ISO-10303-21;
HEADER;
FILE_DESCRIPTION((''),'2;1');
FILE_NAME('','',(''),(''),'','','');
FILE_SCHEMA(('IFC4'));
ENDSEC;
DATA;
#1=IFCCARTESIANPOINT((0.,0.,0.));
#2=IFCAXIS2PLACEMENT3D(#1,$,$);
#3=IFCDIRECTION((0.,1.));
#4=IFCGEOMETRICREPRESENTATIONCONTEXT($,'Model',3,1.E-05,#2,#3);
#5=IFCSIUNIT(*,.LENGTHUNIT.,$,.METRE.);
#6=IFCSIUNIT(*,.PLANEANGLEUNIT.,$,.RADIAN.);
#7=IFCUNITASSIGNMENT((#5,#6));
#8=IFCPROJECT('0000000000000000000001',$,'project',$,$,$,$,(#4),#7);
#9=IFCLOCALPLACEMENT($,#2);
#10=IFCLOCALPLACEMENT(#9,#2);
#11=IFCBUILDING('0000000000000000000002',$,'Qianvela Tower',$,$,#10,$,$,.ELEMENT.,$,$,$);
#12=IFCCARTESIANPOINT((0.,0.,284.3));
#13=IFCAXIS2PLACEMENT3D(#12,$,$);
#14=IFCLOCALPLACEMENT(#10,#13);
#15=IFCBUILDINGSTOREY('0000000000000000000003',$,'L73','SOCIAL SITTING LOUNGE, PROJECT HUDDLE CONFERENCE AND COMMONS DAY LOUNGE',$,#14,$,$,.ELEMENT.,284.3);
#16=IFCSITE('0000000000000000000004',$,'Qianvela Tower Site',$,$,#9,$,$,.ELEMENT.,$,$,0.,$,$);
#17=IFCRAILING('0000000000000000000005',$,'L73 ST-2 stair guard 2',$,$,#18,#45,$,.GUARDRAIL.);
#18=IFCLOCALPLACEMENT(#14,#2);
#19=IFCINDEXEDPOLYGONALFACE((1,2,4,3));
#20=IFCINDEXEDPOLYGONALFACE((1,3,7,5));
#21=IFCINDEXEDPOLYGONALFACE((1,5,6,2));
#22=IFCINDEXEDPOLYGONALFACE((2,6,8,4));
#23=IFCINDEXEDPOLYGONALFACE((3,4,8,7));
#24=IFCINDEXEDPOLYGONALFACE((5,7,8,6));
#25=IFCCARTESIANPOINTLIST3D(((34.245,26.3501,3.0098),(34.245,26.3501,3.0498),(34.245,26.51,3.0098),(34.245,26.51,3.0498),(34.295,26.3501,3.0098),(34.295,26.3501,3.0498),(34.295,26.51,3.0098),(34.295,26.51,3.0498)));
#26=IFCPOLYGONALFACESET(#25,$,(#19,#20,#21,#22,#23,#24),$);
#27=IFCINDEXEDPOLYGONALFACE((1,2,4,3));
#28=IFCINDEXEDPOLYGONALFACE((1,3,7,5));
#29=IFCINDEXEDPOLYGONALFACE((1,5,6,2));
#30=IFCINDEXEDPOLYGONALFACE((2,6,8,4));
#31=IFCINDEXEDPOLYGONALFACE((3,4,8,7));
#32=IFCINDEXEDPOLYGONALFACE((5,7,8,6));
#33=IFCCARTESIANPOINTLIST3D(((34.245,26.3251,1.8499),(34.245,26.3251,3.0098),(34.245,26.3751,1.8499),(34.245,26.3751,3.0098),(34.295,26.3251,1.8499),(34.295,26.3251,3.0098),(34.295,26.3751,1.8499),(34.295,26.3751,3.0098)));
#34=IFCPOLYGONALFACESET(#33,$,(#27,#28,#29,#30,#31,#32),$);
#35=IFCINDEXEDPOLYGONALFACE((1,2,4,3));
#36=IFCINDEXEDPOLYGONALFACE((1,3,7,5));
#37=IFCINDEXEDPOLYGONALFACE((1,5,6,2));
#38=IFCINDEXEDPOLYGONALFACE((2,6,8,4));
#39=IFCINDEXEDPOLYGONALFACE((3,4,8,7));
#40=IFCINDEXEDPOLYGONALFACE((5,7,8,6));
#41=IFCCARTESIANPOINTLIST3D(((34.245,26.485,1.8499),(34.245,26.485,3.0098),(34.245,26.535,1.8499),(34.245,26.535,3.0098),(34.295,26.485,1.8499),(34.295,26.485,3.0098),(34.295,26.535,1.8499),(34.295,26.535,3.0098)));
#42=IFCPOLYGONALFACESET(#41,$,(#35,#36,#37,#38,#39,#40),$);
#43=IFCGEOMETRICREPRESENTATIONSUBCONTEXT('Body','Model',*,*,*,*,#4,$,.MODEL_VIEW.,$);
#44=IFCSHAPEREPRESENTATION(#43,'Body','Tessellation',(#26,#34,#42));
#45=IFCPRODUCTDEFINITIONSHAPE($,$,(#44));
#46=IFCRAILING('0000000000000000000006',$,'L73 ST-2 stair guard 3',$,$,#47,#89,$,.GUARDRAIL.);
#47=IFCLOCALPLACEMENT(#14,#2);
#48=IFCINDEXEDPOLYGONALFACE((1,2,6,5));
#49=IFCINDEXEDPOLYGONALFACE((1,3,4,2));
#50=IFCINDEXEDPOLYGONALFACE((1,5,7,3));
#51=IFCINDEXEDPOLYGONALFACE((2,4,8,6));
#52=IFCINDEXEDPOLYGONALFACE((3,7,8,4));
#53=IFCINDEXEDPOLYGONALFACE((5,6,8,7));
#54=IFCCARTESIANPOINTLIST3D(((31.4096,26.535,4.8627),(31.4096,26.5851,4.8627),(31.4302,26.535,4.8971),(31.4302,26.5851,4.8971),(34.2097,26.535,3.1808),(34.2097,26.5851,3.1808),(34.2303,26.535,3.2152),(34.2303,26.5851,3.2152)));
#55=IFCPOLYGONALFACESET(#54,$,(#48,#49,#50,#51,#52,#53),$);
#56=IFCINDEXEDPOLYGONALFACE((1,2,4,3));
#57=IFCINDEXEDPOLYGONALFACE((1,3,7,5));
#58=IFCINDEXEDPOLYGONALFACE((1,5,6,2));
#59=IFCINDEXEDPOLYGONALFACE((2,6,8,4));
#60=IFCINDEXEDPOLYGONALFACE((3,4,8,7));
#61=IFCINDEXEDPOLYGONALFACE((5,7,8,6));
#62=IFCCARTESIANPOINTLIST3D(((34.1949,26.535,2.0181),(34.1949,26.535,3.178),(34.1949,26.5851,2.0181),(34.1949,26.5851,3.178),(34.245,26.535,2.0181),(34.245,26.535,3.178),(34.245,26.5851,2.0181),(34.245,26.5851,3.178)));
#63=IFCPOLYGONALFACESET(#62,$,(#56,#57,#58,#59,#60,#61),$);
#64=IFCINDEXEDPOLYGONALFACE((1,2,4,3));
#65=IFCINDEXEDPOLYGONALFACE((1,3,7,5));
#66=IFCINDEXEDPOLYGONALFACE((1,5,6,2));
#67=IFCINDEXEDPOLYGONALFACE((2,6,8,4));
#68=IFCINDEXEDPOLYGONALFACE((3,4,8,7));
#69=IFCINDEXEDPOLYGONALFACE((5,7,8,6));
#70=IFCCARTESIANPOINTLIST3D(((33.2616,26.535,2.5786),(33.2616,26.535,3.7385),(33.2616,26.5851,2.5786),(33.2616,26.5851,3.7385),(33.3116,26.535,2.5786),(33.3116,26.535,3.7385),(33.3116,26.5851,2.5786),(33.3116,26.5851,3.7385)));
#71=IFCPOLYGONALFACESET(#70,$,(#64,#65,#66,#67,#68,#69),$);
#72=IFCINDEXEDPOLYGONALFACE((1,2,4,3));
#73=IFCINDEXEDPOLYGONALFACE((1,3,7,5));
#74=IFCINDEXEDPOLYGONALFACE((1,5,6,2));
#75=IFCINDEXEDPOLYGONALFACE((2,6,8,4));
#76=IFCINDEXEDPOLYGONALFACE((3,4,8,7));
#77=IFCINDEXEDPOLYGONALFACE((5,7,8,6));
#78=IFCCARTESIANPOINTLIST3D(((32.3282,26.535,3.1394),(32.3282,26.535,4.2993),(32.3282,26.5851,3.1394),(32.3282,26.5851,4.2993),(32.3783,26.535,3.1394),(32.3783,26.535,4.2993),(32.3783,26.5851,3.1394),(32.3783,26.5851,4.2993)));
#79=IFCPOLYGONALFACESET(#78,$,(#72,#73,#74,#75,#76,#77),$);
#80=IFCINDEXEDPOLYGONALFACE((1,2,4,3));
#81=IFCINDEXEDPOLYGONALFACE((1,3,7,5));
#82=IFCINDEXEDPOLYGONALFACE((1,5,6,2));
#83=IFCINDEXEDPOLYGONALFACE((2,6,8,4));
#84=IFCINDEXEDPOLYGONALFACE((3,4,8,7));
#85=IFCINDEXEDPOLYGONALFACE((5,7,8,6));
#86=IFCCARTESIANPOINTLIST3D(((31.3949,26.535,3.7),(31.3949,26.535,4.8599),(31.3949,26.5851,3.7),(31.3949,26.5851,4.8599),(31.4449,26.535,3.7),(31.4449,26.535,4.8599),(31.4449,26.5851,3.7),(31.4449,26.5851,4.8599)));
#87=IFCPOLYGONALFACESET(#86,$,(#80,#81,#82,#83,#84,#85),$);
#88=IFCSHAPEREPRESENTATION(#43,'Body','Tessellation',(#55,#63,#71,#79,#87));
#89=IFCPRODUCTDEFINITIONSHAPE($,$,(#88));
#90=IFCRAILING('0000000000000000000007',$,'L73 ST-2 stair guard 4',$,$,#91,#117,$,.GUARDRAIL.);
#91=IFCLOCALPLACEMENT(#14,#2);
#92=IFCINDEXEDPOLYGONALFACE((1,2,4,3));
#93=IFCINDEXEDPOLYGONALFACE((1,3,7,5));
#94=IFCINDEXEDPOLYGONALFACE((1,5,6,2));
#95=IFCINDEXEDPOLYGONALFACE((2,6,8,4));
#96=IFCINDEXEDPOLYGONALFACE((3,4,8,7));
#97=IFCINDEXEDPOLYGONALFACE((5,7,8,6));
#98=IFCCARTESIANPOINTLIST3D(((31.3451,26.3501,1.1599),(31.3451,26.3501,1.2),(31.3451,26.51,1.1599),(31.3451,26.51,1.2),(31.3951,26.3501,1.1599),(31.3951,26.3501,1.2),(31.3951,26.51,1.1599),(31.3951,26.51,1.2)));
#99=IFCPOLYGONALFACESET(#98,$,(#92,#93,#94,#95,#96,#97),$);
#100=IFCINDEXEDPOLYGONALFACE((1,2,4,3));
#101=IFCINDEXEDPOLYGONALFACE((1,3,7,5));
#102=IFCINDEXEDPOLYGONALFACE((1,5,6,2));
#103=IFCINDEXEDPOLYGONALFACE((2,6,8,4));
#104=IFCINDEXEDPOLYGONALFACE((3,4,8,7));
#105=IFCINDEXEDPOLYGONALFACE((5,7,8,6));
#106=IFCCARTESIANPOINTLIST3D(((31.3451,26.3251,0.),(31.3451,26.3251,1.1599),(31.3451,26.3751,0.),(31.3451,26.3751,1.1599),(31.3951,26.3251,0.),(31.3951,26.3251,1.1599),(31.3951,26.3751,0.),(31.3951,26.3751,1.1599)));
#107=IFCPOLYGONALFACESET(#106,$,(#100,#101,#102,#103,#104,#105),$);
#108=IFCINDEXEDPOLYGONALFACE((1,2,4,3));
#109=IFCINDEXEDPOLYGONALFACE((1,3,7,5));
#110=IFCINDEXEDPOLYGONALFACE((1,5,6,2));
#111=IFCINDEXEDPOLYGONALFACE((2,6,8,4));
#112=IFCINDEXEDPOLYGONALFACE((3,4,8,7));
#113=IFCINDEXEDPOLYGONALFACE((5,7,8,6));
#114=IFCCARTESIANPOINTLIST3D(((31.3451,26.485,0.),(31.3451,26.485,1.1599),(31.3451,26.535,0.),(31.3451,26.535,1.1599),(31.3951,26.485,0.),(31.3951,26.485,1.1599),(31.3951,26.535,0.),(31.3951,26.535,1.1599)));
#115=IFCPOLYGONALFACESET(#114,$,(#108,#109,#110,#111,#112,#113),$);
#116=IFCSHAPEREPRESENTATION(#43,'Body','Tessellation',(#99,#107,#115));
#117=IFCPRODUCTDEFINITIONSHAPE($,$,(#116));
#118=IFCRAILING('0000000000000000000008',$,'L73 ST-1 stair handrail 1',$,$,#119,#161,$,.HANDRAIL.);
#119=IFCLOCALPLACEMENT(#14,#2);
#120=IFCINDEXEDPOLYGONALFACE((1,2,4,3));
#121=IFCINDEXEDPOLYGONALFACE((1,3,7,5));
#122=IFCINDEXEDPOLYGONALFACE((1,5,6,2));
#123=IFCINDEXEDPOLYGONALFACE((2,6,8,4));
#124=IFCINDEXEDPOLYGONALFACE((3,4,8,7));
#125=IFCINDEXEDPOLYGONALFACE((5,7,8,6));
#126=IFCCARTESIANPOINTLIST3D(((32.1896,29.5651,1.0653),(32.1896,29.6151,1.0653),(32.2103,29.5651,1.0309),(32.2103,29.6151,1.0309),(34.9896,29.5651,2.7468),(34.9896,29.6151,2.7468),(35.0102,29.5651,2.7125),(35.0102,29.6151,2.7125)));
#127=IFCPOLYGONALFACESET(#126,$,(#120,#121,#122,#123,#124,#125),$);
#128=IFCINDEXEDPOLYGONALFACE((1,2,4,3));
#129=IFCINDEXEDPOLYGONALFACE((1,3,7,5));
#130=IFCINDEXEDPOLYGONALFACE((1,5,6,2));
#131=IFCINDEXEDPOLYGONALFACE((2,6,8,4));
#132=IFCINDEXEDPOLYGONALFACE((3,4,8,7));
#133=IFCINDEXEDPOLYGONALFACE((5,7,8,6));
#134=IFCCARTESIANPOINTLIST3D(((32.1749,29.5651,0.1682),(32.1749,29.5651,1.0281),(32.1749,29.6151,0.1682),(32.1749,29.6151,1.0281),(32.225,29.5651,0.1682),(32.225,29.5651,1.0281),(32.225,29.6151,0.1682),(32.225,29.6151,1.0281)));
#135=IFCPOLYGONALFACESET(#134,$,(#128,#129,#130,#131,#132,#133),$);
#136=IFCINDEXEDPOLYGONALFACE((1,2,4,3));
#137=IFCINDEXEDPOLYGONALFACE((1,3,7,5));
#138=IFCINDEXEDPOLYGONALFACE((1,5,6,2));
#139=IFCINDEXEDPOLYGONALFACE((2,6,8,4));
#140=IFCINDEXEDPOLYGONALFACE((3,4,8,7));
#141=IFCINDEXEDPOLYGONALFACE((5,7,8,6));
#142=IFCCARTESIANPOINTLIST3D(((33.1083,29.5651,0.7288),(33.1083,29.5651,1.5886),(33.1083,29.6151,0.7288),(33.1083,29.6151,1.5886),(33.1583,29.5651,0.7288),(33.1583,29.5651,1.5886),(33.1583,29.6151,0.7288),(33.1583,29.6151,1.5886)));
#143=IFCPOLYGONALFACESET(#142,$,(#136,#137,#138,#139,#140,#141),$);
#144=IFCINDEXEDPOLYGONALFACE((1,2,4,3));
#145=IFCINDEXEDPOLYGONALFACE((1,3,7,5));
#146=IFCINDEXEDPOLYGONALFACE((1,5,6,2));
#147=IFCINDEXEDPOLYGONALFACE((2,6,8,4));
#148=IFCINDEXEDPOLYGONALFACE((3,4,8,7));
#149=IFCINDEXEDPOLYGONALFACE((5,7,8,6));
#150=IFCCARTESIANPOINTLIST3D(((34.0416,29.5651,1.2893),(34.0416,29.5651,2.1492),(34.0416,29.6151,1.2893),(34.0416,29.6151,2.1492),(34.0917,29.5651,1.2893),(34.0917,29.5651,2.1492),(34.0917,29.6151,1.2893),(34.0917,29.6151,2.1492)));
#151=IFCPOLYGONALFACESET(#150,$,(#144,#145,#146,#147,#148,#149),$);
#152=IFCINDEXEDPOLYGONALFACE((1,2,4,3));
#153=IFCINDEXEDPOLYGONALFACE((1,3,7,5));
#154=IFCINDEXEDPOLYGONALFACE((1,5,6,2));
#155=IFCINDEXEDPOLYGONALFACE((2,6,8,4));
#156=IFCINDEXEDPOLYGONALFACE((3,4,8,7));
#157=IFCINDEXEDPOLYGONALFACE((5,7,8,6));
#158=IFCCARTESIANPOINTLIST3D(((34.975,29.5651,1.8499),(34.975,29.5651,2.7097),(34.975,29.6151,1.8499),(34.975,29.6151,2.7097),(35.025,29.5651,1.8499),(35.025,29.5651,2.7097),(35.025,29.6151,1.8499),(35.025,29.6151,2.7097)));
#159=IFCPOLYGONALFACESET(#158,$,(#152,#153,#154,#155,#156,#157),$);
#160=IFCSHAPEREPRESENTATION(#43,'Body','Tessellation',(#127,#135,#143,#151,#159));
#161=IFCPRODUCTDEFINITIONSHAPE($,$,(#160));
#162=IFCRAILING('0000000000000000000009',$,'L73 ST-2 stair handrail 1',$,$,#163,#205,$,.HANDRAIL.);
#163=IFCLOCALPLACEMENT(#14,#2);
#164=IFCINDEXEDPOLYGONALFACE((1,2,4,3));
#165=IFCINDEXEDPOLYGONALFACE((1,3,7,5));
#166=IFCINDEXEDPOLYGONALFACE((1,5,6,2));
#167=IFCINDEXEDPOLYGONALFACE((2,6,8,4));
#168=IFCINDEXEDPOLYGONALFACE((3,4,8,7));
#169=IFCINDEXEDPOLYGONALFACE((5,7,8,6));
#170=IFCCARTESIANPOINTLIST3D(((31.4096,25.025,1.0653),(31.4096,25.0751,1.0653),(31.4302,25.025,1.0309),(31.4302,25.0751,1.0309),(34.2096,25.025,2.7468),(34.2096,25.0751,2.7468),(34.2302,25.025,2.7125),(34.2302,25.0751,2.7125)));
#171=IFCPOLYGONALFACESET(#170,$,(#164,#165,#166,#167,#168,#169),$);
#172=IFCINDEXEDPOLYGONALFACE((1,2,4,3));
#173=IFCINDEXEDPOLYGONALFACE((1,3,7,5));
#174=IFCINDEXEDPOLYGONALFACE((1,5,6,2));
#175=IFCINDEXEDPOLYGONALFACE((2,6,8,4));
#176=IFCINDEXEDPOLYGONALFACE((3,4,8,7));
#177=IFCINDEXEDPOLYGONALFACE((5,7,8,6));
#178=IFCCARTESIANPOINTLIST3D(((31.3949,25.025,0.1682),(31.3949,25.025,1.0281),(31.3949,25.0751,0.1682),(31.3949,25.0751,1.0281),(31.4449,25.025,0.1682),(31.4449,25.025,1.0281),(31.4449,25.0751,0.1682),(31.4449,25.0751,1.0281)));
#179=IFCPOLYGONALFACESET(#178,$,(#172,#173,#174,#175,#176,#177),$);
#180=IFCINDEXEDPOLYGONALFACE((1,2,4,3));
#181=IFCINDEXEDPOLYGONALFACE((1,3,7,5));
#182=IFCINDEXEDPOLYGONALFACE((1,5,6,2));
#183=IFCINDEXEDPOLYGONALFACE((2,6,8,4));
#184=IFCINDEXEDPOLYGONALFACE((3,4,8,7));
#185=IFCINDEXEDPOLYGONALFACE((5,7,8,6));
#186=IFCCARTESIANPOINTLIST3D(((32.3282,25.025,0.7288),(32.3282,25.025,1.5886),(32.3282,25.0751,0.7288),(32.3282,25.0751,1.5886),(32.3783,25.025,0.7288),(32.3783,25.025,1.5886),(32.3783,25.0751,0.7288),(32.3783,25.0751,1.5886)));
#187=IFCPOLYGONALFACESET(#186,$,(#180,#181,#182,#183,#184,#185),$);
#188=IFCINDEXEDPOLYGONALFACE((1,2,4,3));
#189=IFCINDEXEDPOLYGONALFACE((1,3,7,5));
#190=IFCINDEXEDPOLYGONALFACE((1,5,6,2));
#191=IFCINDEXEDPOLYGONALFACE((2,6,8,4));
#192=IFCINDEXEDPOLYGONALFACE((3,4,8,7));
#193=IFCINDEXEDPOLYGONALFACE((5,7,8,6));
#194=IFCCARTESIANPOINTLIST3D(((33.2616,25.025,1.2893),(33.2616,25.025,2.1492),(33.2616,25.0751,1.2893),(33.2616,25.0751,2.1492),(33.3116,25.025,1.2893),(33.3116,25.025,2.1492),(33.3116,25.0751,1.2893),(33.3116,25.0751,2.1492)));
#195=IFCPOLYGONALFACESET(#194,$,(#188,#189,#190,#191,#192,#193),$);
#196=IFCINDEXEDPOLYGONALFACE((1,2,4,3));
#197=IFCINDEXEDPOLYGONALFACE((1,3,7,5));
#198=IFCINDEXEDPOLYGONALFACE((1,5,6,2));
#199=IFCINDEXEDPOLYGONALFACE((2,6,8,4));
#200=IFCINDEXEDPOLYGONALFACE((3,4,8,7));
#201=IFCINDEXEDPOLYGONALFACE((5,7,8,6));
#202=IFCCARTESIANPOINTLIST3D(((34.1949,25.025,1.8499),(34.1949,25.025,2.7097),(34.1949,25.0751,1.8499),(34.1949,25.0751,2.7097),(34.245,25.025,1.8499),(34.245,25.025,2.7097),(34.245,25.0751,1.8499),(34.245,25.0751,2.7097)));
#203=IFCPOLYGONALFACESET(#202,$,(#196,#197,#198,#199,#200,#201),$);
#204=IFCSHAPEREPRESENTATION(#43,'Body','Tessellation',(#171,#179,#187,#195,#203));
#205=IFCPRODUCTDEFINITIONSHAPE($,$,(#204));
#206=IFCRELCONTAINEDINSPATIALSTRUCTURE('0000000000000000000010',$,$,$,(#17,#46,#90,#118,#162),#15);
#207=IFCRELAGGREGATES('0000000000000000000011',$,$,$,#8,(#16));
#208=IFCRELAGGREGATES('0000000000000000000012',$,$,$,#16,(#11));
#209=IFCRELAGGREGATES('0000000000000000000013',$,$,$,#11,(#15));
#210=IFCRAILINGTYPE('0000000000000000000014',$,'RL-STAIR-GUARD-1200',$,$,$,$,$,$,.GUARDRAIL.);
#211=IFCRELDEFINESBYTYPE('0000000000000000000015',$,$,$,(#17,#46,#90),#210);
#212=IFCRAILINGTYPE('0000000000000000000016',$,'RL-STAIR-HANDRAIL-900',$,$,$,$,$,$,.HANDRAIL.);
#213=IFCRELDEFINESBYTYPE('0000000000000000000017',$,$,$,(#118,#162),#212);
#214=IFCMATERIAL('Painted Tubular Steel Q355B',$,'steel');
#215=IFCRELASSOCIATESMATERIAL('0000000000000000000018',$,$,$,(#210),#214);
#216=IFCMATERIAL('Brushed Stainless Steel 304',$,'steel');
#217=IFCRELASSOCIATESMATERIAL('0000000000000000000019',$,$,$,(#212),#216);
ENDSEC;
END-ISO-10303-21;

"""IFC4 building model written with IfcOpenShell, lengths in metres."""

from ifc_helpers import new_model, si_unit, direction, frame, origin, origin_2d, place, context, subcontext, project, spatial, rectangle, extrude, material, type_object, element, save


model = new_model("IFC4")

# Units and contexts
model_context = context("Model", 3, precision=1e-05, world=origin(), true_north=direction((0.0, 1.0)))
body_context = subcontext(model_context, "Body", "Model", "MODEL_VIEW")
ifc_project = project(units=[si_unit("LENGTHUNIT", "METRE"), si_unit("PLANEANGLEUNIT", "RADIAN")], contexts=[model_context])

# Site, building, storey
site_placement = place(None, origin())
site = spatial("IfcSite", under=ifc_project, at=site_placement, Name="Qianvela Tower Site", CompositionType="ELEMENT", RefElevation=0.0)
building_placement = place(site_placement, origin())
building = spatial("IfcBuilding", under=site, at=building_placement, Name="Qianvela Tower", CompositionType="ELEMENT")
storey_placement = place(building_placement, frame((0.0, 0.0, 284.3)))
storey = spatial("IfcBuildingStorey", under=building, at=storey_placement, Name="L73", Description="SOCIAL SITTING LOUNGE, PROJECT HUDDLE CONFERENCE AND COMMONS DAY LOUNGE", CompositionType="ELEMENT", Elevation=284.3)

# Railings
ifc_material_1 = material(Name="Painted Tubular Steel Q355B", Category="steel")
railing_type_1 = type_object("IfcRailingType", Name="RL-STAIR-GUARD-1200", PredefinedType="GUARDRAIL", material=ifc_material_1)
railing_1_placement = place(storey_placement, frame((34.27, 26.3501, 1.8499)))
element("IfcRailing", 1, at=railing_1_placement, inside=storey, type_object=railing_type_1, Name="L73 ST-2 stair guard 2", PredefinedType="GUARDRAIL", context=body_context, shape_type="SweptSolid", body=[
    extrude(rectangle(XDim=0.05, YDim=0.04, at=origin_2d()), frame((0.0, 0.0, 1.1799), z_axis=(0.0, 1.0, 0.0), x_axis=(-1.0, 0.0, 0.0)), (0.0, 0.0, 1.0), 0.1599),
    extrude(rectangle(XDim=0.05, YDim=0.05, at=origin_2d()), origin(), (0.0, 0.0, 1.0), 1.1599),
    extrude(rectangle(XDim=0.05, YDim=0.05, at=origin_2d()), frame((0.0, 0.1599, 0.0)), (0.0, 0.0, 1.0), 1.1599),
])
railing_2_placement = place(storey_placement, frame((34.22, 26.5601, 2.0181)))
element("IfcRailing", 2, at=railing_2_placement, inside=storey, type_object=railing_type_1, Name="L73 ST-2 stair guard 3", PredefinedType="GUARDRAIL", context=body_context, shape_type="SweptSolid", body=[
    extrude(rectangle(XDim=0.05, YDim=0.04, at=origin_2d()), frame((0.0, 0.0, 1.1799), z_axis=(-0.857242, 0.0, 0.514913), x_axis=(0.0, -1.0, 0.0)), (0.0, 0.0, 1.0), 3.2664),
    extrude(rectangle(XDim=0.05, YDim=0.05, at=origin_2d()), origin(), (0.0, 0.0, 1.0), 1.1599),
    extrude(rectangle(XDim=0.05, YDim=0.05, at=origin_2d()), frame((-0.9333, 0.0, 0.5605)), (0.0, 0.0, 1.0), 1.1599),
    extrude(rectangle(XDim=0.05, YDim=0.05, at=origin_2d()), frame((-1.8667, 0.0, 1.1213)), (0.0, 0.0, 1.0), 1.1599),
    extrude(rectangle(XDim=0.05, YDim=0.05, at=origin_2d()), frame((-2.8, 0.0, 1.6819)), (0.0, 0.0, 1.0), 1.1599),
])
railing_3_placement = place(storey_placement, frame((31.3701, 26.3501, 0.0)))
element("IfcRailing", 3, at=railing_3_placement, inside=storey, type_object=railing_type_1, Name="L73 ST-2 stair guard 4", PredefinedType="GUARDRAIL", context=body_context, shape_type="SweptSolid", body=[
    extrude(rectangle(XDim=0.05, YDim=0.04, at=origin_2d()), frame((0.0, 0.0, 1.1799), z_axis=(0.0, 1.0, 0.0), x_axis=(-1.0, 0.0, 0.0)), (0.0, 0.0, 1.0), 0.1599),
    extrude(rectangle(XDim=0.05, YDim=0.05, at=origin_2d()), origin(), (0.0, 0.0, 1.0), 1.1599),
    extrude(rectangle(XDim=0.05, YDim=0.05, at=origin_2d()), frame((0.0, 0.1599, 0.0)), (0.0, 0.0, 1.0), 1.1599),
])
ifc_material_2 = material(Name="Brushed Stainless Steel 304", Category="steel")
railing_type_2 = type_object("IfcRailingType", Name="RL-STAIR-HANDRAIL-900", PredefinedType="HANDRAIL", material=ifc_material_2)
for number, where, name in (
    (4, (32.2, 29.5901, 0.1682), "L73 ST-1 stair handrail 1"),
    (5, (31.4199, 25.05, 0.1682), "L73 ST-2 stair handrail 1"),
):
    element("IfcRailing", number, at=place(storey_placement, frame(where)), inside=storey, type_object=railing_type_2, Name=name, PredefinedType="HANDRAIL", context=body_context, shape_type="SweptSolid", body=[
        extrude(rectangle(XDim=0.05, YDim=0.04, at=origin_2d()), frame((0.0, 0.0, 0.8799), z_axis=(0.857275, 0.0, 0.514858), x_axis=(0.0, 1.0, 0.0)), (0.0, 0.0, 1.0), 3.2661),
        extrude(rectangle(XDim=0.05, YDim=0.05, at=origin_2d()), origin(), (0.0, 0.0, 1.0), 0.8599),
        extrude(rectangle(XDim=0.05, YDim=0.05, at=origin_2d()), frame((0.9333, 0.0, 0.5605)), (0.0, 0.0, 1.0), 0.8599),
        extrude(rectangle(XDim=0.05, YDim=0.05, at=origin_2d()), frame((1.8667, 0.0, 1.1211)), (0.0, 0.0, 1.0), 0.8599),
        extrude(rectangle(XDim=0.05, YDim=0.05, at=origin_2d()), frame((2.8, 0.0, 1.6816)), (0.0, 0.0, 1.0), 0.8599),
    ])

save(model, "model.ifc")
